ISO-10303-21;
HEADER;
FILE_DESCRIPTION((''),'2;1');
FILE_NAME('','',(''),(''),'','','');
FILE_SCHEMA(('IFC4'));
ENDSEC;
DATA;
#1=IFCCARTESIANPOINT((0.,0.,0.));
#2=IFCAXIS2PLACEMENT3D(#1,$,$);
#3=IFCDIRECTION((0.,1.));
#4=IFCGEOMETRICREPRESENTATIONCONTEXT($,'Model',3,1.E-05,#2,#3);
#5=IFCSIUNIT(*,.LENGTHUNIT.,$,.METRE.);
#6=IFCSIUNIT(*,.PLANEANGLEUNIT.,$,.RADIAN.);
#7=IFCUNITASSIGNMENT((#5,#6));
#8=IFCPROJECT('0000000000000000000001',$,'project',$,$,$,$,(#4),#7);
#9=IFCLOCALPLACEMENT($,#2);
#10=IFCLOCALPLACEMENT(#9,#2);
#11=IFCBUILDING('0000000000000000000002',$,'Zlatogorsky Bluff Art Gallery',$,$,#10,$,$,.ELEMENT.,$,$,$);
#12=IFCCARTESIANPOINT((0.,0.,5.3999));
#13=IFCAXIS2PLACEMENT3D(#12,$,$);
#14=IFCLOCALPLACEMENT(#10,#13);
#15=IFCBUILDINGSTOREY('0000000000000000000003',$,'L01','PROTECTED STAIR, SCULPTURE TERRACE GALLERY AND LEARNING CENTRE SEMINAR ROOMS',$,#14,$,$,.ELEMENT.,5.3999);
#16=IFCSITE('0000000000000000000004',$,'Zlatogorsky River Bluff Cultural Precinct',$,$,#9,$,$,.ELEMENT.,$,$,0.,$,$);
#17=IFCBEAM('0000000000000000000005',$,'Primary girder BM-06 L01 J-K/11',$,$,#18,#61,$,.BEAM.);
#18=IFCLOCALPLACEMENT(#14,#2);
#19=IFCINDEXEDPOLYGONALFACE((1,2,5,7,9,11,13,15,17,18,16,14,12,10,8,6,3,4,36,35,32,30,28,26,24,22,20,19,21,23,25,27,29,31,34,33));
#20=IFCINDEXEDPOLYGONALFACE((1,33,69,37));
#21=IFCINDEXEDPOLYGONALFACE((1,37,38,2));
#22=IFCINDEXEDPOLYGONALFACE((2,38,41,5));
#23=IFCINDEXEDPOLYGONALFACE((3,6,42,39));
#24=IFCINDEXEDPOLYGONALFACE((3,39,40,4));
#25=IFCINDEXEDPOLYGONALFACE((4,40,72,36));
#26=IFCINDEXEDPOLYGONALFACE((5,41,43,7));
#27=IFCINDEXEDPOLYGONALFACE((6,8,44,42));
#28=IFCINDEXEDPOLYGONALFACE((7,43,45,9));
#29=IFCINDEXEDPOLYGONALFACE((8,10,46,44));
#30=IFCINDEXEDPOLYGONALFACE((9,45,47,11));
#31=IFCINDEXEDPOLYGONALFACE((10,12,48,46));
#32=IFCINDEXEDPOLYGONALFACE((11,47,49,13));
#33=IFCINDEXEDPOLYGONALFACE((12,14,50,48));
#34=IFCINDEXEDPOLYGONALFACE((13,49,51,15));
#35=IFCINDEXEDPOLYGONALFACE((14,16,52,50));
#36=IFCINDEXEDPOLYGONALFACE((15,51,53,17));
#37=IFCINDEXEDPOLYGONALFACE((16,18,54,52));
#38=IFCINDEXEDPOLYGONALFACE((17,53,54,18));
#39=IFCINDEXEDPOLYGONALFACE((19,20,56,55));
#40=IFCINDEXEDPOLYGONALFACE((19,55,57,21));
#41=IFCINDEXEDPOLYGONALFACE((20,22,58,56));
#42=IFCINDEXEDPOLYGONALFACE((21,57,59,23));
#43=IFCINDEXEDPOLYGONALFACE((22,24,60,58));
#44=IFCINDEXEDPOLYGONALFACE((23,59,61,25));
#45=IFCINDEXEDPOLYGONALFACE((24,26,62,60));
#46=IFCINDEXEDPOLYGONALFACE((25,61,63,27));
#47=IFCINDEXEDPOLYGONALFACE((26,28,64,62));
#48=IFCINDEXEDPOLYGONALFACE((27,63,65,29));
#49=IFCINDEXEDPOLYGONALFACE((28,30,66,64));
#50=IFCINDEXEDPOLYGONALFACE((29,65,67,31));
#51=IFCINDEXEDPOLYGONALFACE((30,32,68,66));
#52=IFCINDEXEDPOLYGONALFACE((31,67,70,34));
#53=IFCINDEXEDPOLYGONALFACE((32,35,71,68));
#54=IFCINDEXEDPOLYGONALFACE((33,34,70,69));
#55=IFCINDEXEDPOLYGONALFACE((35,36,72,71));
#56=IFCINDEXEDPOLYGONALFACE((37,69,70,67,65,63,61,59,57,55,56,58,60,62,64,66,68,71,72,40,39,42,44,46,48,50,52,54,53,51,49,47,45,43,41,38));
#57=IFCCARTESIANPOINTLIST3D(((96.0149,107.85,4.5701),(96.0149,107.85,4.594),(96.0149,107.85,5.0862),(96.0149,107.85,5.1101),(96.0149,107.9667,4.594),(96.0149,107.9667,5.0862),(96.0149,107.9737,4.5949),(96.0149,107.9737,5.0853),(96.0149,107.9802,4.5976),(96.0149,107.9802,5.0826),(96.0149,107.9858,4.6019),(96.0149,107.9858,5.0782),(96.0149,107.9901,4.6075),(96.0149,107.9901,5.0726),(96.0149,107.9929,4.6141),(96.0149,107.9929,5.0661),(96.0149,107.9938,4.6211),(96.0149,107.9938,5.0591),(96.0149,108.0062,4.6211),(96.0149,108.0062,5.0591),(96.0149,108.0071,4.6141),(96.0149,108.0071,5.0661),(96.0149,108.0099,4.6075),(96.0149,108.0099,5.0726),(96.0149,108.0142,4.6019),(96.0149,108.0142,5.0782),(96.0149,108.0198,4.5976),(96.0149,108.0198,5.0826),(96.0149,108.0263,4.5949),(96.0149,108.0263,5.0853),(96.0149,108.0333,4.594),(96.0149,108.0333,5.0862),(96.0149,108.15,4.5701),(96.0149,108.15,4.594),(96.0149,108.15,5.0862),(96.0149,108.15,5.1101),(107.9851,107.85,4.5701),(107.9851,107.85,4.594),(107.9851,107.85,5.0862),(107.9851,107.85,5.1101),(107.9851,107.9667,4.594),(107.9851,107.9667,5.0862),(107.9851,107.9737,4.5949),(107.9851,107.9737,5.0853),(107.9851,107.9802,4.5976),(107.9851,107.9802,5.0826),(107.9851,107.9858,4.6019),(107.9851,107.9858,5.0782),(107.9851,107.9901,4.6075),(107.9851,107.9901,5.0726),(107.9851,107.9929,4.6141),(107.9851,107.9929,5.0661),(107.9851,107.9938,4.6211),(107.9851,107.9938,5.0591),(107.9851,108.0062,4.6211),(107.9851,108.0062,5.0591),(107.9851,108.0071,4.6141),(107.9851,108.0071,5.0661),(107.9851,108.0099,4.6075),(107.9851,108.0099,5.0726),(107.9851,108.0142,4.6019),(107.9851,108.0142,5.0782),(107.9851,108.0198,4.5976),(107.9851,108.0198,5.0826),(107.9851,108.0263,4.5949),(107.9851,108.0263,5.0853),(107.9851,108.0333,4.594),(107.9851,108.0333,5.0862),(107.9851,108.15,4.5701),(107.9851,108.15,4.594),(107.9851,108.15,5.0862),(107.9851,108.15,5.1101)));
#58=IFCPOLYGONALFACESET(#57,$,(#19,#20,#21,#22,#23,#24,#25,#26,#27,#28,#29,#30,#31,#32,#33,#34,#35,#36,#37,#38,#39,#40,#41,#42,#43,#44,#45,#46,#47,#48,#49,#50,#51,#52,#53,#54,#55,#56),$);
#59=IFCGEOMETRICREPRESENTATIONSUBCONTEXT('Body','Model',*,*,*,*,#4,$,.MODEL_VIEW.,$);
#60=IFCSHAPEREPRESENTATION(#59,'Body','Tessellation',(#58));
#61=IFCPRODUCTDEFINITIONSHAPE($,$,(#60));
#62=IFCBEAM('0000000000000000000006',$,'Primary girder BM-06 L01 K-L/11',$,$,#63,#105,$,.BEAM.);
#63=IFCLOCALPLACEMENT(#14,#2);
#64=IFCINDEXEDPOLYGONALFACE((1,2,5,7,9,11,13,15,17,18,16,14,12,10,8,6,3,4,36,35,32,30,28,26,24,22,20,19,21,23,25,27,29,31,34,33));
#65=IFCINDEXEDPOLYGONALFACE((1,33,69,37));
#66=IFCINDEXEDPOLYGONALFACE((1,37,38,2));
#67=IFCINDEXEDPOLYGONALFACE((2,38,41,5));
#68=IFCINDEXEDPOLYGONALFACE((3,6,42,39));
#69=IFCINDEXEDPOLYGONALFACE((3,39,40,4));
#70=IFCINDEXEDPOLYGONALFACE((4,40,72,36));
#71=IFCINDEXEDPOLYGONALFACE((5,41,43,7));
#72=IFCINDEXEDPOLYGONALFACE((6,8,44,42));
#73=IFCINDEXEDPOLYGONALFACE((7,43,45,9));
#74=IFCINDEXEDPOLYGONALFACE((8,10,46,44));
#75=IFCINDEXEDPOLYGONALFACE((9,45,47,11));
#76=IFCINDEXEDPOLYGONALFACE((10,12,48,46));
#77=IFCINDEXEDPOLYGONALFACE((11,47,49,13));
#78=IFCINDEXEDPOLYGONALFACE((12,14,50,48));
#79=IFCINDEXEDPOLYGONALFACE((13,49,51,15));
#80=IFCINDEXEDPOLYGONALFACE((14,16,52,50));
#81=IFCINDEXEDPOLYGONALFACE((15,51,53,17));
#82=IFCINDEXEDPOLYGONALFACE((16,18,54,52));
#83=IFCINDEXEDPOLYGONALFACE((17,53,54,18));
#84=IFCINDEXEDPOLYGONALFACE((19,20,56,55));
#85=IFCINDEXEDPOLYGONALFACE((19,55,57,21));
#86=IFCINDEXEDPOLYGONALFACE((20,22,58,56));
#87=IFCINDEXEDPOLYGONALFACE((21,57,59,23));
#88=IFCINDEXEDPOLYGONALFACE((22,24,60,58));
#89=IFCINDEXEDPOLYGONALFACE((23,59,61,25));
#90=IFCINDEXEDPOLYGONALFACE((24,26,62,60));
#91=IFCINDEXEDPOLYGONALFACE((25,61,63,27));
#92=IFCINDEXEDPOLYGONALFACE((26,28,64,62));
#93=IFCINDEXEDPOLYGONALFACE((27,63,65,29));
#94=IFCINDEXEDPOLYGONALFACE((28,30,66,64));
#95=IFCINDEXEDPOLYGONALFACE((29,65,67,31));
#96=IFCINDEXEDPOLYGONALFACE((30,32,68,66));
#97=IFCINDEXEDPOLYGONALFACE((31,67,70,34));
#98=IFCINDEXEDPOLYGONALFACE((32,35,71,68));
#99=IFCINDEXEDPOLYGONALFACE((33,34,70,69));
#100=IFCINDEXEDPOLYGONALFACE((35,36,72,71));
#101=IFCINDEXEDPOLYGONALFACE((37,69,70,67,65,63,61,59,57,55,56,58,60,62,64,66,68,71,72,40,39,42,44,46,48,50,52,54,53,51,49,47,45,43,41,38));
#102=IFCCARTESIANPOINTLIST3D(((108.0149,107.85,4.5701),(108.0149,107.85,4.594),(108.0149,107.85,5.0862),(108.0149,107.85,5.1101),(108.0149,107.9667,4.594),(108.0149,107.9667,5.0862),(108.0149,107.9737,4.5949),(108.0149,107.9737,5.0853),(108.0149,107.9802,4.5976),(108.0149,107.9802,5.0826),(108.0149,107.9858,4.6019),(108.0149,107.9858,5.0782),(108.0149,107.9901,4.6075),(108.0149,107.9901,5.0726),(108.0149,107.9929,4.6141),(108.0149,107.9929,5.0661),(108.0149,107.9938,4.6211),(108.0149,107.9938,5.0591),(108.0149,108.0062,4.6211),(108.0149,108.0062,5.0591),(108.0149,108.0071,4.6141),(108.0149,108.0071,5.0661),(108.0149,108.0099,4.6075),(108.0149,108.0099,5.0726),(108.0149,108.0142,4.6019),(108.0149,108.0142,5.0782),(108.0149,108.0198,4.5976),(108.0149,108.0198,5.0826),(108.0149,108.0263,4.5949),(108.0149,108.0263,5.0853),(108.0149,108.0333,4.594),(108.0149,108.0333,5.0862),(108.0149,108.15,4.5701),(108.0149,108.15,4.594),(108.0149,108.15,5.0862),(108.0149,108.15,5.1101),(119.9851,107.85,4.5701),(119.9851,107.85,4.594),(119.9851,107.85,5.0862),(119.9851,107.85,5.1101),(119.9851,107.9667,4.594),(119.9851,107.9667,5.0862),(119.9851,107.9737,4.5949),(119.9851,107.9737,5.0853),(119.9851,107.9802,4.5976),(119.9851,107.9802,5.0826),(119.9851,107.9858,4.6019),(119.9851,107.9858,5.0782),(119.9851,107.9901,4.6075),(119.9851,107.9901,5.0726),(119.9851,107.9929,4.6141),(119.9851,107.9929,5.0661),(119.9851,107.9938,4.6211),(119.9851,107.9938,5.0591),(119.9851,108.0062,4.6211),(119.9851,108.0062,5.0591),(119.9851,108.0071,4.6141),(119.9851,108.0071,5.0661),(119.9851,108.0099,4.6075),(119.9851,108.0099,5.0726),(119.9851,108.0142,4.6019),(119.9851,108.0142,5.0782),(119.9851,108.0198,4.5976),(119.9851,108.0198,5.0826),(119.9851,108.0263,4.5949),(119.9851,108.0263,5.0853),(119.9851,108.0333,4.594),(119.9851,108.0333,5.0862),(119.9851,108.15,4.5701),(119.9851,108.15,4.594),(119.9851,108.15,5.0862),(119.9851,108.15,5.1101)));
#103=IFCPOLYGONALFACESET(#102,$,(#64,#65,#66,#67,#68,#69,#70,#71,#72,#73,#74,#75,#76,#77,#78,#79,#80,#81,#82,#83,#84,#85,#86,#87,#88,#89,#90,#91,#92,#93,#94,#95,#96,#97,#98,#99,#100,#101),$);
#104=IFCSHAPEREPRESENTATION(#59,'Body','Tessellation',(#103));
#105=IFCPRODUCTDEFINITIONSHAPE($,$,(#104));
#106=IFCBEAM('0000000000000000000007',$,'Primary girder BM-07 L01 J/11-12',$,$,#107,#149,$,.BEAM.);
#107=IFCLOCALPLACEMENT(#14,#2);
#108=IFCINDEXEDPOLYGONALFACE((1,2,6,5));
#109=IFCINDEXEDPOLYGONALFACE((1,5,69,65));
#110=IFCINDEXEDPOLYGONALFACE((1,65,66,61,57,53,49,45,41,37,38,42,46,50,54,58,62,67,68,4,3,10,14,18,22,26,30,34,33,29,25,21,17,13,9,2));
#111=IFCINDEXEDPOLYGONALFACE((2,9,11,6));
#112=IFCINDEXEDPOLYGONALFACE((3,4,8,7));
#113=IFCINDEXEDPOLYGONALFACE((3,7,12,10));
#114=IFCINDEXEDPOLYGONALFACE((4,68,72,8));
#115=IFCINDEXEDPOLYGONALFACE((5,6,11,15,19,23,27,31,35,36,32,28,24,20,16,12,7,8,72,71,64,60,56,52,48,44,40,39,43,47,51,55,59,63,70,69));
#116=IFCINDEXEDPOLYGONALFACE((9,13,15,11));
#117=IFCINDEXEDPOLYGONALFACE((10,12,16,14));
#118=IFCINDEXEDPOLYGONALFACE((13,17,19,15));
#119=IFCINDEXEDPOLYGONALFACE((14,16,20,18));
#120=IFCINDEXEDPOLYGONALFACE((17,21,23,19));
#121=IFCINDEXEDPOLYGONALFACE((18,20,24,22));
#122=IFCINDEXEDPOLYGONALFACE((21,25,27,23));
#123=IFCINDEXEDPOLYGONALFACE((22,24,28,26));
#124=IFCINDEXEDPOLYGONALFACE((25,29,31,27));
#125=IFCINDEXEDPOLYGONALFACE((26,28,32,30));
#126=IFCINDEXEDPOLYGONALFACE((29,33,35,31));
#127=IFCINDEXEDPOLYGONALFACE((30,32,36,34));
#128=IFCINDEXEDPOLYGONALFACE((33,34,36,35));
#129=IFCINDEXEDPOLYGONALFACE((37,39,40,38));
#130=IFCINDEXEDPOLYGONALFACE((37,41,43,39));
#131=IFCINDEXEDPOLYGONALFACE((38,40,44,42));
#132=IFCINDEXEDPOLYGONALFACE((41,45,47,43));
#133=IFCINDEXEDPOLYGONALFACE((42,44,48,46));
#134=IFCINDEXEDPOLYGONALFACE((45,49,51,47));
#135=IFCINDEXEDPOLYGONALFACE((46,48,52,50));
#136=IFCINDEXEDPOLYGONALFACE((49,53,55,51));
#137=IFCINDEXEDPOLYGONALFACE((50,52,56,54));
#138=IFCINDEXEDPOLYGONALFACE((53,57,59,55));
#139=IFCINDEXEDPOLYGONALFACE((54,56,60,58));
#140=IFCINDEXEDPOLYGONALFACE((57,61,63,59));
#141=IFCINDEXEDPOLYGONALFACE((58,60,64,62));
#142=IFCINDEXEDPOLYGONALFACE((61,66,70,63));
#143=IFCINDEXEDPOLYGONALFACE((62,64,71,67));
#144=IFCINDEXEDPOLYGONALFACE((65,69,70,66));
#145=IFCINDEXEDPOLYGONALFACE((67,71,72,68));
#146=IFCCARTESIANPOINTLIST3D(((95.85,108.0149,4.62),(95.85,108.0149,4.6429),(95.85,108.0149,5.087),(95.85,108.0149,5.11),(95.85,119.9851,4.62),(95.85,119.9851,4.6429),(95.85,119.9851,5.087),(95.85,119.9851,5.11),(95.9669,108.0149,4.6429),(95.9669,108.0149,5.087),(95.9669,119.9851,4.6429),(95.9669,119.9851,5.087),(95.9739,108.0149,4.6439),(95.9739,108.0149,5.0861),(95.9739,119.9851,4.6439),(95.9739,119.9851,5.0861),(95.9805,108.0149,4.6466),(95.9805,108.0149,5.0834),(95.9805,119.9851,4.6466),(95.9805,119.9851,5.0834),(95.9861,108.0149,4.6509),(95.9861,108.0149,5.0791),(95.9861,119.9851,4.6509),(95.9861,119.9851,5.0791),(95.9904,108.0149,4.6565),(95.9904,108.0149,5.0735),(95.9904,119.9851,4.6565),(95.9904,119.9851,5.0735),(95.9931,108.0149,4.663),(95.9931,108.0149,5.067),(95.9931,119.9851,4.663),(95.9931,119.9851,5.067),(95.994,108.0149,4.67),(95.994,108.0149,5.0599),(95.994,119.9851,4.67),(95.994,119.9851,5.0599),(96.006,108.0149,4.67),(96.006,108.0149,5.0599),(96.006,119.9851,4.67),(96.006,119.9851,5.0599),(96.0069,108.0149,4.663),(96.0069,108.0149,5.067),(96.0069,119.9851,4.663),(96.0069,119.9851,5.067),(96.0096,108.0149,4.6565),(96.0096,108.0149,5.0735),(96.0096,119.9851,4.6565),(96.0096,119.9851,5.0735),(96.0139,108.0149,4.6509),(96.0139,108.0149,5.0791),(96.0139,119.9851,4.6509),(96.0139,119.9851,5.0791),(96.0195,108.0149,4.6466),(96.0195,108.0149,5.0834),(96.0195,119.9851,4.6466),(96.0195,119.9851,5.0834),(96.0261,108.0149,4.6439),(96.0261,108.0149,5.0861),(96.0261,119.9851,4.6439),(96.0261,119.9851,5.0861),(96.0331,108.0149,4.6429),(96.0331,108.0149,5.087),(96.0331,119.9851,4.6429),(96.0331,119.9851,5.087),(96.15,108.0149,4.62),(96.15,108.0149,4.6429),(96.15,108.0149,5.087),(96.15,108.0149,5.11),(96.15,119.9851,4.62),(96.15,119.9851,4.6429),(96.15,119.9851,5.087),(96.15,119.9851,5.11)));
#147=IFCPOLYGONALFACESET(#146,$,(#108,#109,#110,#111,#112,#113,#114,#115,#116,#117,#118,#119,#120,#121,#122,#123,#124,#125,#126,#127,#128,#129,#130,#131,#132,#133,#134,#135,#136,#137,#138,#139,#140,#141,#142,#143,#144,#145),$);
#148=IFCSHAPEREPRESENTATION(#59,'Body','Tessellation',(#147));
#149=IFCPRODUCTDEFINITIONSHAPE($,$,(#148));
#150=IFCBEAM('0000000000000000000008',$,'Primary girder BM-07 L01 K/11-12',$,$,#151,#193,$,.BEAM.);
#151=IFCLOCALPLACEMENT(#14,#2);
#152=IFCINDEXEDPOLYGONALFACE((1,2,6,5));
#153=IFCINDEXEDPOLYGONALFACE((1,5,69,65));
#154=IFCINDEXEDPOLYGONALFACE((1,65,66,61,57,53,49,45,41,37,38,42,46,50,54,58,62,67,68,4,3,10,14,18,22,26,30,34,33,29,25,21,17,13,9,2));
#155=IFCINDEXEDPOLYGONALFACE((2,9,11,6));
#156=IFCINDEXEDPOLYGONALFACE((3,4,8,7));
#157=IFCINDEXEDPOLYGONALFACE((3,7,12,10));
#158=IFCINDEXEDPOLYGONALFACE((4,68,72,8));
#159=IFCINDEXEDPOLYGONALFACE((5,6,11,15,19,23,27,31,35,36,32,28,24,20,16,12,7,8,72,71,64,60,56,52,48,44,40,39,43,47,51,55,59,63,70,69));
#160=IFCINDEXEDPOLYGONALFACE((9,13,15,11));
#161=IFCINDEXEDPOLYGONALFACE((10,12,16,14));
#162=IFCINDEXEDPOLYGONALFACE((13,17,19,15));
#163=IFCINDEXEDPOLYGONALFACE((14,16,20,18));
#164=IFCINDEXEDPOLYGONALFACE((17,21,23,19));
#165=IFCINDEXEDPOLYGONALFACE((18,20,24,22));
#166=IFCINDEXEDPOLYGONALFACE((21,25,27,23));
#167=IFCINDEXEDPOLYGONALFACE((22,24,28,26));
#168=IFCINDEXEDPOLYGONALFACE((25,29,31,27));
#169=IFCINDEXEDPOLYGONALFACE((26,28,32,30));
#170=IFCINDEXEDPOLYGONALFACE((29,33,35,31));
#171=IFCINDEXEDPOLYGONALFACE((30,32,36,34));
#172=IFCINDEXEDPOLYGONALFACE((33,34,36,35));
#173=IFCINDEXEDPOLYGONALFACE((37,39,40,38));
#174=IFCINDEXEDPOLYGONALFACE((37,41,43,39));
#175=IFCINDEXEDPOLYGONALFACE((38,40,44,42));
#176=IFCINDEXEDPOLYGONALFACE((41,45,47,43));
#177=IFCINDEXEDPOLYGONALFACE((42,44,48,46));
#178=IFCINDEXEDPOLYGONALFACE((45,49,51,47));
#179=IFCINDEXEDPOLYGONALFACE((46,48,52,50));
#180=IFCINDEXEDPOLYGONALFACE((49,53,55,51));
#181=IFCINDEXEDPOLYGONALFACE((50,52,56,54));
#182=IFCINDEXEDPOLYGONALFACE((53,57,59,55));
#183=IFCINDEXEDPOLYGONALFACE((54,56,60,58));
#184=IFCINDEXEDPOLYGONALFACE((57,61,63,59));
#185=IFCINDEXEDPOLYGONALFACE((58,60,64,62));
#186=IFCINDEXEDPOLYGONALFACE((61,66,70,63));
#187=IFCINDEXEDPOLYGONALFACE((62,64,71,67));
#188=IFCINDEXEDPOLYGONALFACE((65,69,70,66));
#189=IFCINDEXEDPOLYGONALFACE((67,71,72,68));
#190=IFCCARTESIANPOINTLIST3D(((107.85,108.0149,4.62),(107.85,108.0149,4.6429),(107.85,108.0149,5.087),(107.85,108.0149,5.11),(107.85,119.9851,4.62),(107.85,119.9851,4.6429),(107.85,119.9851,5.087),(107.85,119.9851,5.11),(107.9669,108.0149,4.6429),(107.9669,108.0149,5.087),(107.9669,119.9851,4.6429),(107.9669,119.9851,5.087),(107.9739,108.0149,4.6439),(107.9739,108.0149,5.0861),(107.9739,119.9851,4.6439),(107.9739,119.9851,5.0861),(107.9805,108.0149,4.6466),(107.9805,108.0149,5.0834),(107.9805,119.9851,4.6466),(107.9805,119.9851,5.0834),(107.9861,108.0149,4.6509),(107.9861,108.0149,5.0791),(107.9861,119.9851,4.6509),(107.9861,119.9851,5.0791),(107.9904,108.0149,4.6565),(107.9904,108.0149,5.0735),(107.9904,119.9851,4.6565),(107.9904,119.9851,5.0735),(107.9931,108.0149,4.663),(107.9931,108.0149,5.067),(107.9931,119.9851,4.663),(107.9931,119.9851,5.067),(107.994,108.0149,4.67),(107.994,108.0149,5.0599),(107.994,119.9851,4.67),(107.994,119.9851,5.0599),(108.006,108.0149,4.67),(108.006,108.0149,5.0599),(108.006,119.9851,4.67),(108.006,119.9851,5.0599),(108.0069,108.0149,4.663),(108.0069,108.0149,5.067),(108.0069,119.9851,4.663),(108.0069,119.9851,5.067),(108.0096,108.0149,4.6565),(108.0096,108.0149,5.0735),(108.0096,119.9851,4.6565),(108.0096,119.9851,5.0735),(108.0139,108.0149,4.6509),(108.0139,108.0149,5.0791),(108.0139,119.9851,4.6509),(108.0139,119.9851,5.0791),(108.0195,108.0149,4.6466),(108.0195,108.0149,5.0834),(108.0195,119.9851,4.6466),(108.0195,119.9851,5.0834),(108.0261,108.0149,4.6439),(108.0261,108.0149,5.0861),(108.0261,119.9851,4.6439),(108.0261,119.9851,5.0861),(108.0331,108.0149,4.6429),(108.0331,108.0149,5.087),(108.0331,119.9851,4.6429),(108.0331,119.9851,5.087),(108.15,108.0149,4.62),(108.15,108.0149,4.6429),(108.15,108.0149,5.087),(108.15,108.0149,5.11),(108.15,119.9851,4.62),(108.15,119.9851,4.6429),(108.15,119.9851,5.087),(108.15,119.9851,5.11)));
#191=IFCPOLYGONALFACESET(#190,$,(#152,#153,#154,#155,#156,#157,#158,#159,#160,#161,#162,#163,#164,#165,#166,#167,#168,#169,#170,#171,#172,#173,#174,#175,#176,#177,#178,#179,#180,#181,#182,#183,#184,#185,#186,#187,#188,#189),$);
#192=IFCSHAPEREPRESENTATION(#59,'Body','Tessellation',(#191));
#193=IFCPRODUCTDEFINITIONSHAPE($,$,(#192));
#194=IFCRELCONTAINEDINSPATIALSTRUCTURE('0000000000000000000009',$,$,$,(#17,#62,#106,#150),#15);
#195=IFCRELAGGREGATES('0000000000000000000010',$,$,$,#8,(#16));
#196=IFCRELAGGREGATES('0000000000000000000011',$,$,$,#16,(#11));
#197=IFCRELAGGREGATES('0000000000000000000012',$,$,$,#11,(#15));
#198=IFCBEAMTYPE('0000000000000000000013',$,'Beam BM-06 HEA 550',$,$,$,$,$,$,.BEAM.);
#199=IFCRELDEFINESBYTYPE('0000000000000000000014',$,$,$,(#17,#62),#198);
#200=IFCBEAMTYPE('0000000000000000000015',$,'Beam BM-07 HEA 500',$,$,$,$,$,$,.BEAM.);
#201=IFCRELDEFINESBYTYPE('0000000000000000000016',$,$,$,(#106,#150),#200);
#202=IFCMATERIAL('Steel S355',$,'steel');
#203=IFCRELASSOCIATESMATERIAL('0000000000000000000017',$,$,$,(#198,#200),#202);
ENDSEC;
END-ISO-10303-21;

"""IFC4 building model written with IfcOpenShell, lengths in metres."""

from ifc_helpers import new_model, si_unit, direction, frame, origin, origin_2d, place, context, subcontext, project, spatial, i_section, extrude, material, material_profile, profile_set, type_object, element, save


model = new_model("IFC4")

# Units and contexts
model_context = context("Model", 3, precision=1e-05, world=origin(), true_north=direction((0.0, 1.0)))
body_context = subcontext(model_context, "Body", "Model", "MODEL_VIEW")
ifc_project = project(units=[si_unit("LENGTHUNIT", "METRE"), si_unit("PLANEANGLEUNIT", "RADIAN")], contexts=[model_context])

# Site, building, storey
site_placement = place(None, origin())
site = spatial("IfcSite", under=ifc_project, at=site_placement, Name="Zlatogorsky River Bluff Cultural Precinct", CompositionType="ELEMENT", RefElevation=0.0)
building_placement = place(site_placement, origin())
building = spatial("IfcBuilding", under=site, at=building_placement, Name="Zlatogorsky Bluff Art Gallery", CompositionType="ELEMENT")
storey_placement = place(building_placement, frame((0.0, 0.0, 5.3999)))
storey = spatial("IfcBuildingStorey", under=building, at=storey_placement, Name="L01", Description="PROTECTED STAIR, SCULPTURE TERRACE GALLERY AND LEARNING CENTRE SEMINAR ROOMS", CompositionType="ELEMENT", Elevation=5.3999)

# Shared definitions
ifc_material_1 = material(Name="Steel S355", Category="steel")

# Beams
ifc_material_profile_1 = material_profile(ifc_material_1, i_section(OverallWidth=0.3, OverallDepth=0.54, WebThickness=0.0125, FlangeThickness=0.0239, FilletRadius=0.0271, at=origin_2d()), Name="HEA 550")
ifc_profile_set_1 = profile_set([ifc_material_profile_1], Name="Steel S355")
beam_type_1 = type_object("IfcBeamType", Name="Beam BM-06 HEA 550", PredefinedType="BEAM", material=ifc_profile_set_1)
for number, where, z_axis, x_axis, name in (
    (1, (96.0149, 108.0, 4.8401), (1.0, 0.0, 0.0), (0.0, 1.0, 0.0), "Primary girder BM-06 L01 J-K/11"),
    (2, (108.0149, 108.0, 4.8401), (1.0, 0.0, 0.0), (0.0, 1.0, 0.0), "Primary girder BM-06 L01 K-L/11"),
):
    element("IfcBeam", number, at=place(storey_placement, frame(where, z_axis=z_axis, x_axis=x_axis)), inside=storey, type_object=beam_type_1, Name=name, PredefinedType="BEAM", context=body_context, shape_type="SweptSolid", body=[
        extrude(i_section(OverallWidth=0.3, OverallDepth=0.54, WebThickness=0.0125, FlangeThickness=0.0239, FilletRadius=0.0271, at=origin_2d()), origin(), (0.0, 0.0, 1.0), 11.9702),
    ])
ifc_material_profile_2 = material_profile(ifc_material_1, i_section(OverallWidth=0.3, OverallDepth=0.49, WebThickness=0.012, FlangeThickness=0.0229, FilletRadius=0.0271, at=origin_2d()), Name="HEA 500")
ifc_profile_set_2 = profile_set([ifc_material_profile_2], Name="Steel S355")
beam_type_2 = type_object("IfcBeamType", Name="Beam BM-07 HEA 500", PredefinedType="BEAM", material=ifc_profile_set_2)
for number, where, z_axis, x_axis, name in (
    (3, (96.0, 108.0149, 4.865), (0.0, 1.0, 0.0), (-1.0, 0.0, 0.0), "Primary girder BM-07 L01 J/11-12"),
    (4, (108.0, 108.0149, 4.865), (0.0, 1.0, 0.0), (-1.0, 0.0, 0.0), "Primary girder BM-07 L01 K/11-12"),
):
    element("IfcBeam", number, at=place(storey_placement, frame(where, z_axis=z_axis, x_axis=x_axis)), inside=storey, type_object=beam_type_2, Name=name, PredefinedType="BEAM", context=body_context, shape_type="SweptSolid", body=[
        extrude(i_section(OverallWidth=0.3, OverallDepth=0.49, WebThickness=0.012, FlangeThickness=0.0229, FilletRadius=0.0271, at=origin_2d()), origin(), (0.0, 0.0, 1.0), 11.9702),
    ])

save(model, "model.ifc")
